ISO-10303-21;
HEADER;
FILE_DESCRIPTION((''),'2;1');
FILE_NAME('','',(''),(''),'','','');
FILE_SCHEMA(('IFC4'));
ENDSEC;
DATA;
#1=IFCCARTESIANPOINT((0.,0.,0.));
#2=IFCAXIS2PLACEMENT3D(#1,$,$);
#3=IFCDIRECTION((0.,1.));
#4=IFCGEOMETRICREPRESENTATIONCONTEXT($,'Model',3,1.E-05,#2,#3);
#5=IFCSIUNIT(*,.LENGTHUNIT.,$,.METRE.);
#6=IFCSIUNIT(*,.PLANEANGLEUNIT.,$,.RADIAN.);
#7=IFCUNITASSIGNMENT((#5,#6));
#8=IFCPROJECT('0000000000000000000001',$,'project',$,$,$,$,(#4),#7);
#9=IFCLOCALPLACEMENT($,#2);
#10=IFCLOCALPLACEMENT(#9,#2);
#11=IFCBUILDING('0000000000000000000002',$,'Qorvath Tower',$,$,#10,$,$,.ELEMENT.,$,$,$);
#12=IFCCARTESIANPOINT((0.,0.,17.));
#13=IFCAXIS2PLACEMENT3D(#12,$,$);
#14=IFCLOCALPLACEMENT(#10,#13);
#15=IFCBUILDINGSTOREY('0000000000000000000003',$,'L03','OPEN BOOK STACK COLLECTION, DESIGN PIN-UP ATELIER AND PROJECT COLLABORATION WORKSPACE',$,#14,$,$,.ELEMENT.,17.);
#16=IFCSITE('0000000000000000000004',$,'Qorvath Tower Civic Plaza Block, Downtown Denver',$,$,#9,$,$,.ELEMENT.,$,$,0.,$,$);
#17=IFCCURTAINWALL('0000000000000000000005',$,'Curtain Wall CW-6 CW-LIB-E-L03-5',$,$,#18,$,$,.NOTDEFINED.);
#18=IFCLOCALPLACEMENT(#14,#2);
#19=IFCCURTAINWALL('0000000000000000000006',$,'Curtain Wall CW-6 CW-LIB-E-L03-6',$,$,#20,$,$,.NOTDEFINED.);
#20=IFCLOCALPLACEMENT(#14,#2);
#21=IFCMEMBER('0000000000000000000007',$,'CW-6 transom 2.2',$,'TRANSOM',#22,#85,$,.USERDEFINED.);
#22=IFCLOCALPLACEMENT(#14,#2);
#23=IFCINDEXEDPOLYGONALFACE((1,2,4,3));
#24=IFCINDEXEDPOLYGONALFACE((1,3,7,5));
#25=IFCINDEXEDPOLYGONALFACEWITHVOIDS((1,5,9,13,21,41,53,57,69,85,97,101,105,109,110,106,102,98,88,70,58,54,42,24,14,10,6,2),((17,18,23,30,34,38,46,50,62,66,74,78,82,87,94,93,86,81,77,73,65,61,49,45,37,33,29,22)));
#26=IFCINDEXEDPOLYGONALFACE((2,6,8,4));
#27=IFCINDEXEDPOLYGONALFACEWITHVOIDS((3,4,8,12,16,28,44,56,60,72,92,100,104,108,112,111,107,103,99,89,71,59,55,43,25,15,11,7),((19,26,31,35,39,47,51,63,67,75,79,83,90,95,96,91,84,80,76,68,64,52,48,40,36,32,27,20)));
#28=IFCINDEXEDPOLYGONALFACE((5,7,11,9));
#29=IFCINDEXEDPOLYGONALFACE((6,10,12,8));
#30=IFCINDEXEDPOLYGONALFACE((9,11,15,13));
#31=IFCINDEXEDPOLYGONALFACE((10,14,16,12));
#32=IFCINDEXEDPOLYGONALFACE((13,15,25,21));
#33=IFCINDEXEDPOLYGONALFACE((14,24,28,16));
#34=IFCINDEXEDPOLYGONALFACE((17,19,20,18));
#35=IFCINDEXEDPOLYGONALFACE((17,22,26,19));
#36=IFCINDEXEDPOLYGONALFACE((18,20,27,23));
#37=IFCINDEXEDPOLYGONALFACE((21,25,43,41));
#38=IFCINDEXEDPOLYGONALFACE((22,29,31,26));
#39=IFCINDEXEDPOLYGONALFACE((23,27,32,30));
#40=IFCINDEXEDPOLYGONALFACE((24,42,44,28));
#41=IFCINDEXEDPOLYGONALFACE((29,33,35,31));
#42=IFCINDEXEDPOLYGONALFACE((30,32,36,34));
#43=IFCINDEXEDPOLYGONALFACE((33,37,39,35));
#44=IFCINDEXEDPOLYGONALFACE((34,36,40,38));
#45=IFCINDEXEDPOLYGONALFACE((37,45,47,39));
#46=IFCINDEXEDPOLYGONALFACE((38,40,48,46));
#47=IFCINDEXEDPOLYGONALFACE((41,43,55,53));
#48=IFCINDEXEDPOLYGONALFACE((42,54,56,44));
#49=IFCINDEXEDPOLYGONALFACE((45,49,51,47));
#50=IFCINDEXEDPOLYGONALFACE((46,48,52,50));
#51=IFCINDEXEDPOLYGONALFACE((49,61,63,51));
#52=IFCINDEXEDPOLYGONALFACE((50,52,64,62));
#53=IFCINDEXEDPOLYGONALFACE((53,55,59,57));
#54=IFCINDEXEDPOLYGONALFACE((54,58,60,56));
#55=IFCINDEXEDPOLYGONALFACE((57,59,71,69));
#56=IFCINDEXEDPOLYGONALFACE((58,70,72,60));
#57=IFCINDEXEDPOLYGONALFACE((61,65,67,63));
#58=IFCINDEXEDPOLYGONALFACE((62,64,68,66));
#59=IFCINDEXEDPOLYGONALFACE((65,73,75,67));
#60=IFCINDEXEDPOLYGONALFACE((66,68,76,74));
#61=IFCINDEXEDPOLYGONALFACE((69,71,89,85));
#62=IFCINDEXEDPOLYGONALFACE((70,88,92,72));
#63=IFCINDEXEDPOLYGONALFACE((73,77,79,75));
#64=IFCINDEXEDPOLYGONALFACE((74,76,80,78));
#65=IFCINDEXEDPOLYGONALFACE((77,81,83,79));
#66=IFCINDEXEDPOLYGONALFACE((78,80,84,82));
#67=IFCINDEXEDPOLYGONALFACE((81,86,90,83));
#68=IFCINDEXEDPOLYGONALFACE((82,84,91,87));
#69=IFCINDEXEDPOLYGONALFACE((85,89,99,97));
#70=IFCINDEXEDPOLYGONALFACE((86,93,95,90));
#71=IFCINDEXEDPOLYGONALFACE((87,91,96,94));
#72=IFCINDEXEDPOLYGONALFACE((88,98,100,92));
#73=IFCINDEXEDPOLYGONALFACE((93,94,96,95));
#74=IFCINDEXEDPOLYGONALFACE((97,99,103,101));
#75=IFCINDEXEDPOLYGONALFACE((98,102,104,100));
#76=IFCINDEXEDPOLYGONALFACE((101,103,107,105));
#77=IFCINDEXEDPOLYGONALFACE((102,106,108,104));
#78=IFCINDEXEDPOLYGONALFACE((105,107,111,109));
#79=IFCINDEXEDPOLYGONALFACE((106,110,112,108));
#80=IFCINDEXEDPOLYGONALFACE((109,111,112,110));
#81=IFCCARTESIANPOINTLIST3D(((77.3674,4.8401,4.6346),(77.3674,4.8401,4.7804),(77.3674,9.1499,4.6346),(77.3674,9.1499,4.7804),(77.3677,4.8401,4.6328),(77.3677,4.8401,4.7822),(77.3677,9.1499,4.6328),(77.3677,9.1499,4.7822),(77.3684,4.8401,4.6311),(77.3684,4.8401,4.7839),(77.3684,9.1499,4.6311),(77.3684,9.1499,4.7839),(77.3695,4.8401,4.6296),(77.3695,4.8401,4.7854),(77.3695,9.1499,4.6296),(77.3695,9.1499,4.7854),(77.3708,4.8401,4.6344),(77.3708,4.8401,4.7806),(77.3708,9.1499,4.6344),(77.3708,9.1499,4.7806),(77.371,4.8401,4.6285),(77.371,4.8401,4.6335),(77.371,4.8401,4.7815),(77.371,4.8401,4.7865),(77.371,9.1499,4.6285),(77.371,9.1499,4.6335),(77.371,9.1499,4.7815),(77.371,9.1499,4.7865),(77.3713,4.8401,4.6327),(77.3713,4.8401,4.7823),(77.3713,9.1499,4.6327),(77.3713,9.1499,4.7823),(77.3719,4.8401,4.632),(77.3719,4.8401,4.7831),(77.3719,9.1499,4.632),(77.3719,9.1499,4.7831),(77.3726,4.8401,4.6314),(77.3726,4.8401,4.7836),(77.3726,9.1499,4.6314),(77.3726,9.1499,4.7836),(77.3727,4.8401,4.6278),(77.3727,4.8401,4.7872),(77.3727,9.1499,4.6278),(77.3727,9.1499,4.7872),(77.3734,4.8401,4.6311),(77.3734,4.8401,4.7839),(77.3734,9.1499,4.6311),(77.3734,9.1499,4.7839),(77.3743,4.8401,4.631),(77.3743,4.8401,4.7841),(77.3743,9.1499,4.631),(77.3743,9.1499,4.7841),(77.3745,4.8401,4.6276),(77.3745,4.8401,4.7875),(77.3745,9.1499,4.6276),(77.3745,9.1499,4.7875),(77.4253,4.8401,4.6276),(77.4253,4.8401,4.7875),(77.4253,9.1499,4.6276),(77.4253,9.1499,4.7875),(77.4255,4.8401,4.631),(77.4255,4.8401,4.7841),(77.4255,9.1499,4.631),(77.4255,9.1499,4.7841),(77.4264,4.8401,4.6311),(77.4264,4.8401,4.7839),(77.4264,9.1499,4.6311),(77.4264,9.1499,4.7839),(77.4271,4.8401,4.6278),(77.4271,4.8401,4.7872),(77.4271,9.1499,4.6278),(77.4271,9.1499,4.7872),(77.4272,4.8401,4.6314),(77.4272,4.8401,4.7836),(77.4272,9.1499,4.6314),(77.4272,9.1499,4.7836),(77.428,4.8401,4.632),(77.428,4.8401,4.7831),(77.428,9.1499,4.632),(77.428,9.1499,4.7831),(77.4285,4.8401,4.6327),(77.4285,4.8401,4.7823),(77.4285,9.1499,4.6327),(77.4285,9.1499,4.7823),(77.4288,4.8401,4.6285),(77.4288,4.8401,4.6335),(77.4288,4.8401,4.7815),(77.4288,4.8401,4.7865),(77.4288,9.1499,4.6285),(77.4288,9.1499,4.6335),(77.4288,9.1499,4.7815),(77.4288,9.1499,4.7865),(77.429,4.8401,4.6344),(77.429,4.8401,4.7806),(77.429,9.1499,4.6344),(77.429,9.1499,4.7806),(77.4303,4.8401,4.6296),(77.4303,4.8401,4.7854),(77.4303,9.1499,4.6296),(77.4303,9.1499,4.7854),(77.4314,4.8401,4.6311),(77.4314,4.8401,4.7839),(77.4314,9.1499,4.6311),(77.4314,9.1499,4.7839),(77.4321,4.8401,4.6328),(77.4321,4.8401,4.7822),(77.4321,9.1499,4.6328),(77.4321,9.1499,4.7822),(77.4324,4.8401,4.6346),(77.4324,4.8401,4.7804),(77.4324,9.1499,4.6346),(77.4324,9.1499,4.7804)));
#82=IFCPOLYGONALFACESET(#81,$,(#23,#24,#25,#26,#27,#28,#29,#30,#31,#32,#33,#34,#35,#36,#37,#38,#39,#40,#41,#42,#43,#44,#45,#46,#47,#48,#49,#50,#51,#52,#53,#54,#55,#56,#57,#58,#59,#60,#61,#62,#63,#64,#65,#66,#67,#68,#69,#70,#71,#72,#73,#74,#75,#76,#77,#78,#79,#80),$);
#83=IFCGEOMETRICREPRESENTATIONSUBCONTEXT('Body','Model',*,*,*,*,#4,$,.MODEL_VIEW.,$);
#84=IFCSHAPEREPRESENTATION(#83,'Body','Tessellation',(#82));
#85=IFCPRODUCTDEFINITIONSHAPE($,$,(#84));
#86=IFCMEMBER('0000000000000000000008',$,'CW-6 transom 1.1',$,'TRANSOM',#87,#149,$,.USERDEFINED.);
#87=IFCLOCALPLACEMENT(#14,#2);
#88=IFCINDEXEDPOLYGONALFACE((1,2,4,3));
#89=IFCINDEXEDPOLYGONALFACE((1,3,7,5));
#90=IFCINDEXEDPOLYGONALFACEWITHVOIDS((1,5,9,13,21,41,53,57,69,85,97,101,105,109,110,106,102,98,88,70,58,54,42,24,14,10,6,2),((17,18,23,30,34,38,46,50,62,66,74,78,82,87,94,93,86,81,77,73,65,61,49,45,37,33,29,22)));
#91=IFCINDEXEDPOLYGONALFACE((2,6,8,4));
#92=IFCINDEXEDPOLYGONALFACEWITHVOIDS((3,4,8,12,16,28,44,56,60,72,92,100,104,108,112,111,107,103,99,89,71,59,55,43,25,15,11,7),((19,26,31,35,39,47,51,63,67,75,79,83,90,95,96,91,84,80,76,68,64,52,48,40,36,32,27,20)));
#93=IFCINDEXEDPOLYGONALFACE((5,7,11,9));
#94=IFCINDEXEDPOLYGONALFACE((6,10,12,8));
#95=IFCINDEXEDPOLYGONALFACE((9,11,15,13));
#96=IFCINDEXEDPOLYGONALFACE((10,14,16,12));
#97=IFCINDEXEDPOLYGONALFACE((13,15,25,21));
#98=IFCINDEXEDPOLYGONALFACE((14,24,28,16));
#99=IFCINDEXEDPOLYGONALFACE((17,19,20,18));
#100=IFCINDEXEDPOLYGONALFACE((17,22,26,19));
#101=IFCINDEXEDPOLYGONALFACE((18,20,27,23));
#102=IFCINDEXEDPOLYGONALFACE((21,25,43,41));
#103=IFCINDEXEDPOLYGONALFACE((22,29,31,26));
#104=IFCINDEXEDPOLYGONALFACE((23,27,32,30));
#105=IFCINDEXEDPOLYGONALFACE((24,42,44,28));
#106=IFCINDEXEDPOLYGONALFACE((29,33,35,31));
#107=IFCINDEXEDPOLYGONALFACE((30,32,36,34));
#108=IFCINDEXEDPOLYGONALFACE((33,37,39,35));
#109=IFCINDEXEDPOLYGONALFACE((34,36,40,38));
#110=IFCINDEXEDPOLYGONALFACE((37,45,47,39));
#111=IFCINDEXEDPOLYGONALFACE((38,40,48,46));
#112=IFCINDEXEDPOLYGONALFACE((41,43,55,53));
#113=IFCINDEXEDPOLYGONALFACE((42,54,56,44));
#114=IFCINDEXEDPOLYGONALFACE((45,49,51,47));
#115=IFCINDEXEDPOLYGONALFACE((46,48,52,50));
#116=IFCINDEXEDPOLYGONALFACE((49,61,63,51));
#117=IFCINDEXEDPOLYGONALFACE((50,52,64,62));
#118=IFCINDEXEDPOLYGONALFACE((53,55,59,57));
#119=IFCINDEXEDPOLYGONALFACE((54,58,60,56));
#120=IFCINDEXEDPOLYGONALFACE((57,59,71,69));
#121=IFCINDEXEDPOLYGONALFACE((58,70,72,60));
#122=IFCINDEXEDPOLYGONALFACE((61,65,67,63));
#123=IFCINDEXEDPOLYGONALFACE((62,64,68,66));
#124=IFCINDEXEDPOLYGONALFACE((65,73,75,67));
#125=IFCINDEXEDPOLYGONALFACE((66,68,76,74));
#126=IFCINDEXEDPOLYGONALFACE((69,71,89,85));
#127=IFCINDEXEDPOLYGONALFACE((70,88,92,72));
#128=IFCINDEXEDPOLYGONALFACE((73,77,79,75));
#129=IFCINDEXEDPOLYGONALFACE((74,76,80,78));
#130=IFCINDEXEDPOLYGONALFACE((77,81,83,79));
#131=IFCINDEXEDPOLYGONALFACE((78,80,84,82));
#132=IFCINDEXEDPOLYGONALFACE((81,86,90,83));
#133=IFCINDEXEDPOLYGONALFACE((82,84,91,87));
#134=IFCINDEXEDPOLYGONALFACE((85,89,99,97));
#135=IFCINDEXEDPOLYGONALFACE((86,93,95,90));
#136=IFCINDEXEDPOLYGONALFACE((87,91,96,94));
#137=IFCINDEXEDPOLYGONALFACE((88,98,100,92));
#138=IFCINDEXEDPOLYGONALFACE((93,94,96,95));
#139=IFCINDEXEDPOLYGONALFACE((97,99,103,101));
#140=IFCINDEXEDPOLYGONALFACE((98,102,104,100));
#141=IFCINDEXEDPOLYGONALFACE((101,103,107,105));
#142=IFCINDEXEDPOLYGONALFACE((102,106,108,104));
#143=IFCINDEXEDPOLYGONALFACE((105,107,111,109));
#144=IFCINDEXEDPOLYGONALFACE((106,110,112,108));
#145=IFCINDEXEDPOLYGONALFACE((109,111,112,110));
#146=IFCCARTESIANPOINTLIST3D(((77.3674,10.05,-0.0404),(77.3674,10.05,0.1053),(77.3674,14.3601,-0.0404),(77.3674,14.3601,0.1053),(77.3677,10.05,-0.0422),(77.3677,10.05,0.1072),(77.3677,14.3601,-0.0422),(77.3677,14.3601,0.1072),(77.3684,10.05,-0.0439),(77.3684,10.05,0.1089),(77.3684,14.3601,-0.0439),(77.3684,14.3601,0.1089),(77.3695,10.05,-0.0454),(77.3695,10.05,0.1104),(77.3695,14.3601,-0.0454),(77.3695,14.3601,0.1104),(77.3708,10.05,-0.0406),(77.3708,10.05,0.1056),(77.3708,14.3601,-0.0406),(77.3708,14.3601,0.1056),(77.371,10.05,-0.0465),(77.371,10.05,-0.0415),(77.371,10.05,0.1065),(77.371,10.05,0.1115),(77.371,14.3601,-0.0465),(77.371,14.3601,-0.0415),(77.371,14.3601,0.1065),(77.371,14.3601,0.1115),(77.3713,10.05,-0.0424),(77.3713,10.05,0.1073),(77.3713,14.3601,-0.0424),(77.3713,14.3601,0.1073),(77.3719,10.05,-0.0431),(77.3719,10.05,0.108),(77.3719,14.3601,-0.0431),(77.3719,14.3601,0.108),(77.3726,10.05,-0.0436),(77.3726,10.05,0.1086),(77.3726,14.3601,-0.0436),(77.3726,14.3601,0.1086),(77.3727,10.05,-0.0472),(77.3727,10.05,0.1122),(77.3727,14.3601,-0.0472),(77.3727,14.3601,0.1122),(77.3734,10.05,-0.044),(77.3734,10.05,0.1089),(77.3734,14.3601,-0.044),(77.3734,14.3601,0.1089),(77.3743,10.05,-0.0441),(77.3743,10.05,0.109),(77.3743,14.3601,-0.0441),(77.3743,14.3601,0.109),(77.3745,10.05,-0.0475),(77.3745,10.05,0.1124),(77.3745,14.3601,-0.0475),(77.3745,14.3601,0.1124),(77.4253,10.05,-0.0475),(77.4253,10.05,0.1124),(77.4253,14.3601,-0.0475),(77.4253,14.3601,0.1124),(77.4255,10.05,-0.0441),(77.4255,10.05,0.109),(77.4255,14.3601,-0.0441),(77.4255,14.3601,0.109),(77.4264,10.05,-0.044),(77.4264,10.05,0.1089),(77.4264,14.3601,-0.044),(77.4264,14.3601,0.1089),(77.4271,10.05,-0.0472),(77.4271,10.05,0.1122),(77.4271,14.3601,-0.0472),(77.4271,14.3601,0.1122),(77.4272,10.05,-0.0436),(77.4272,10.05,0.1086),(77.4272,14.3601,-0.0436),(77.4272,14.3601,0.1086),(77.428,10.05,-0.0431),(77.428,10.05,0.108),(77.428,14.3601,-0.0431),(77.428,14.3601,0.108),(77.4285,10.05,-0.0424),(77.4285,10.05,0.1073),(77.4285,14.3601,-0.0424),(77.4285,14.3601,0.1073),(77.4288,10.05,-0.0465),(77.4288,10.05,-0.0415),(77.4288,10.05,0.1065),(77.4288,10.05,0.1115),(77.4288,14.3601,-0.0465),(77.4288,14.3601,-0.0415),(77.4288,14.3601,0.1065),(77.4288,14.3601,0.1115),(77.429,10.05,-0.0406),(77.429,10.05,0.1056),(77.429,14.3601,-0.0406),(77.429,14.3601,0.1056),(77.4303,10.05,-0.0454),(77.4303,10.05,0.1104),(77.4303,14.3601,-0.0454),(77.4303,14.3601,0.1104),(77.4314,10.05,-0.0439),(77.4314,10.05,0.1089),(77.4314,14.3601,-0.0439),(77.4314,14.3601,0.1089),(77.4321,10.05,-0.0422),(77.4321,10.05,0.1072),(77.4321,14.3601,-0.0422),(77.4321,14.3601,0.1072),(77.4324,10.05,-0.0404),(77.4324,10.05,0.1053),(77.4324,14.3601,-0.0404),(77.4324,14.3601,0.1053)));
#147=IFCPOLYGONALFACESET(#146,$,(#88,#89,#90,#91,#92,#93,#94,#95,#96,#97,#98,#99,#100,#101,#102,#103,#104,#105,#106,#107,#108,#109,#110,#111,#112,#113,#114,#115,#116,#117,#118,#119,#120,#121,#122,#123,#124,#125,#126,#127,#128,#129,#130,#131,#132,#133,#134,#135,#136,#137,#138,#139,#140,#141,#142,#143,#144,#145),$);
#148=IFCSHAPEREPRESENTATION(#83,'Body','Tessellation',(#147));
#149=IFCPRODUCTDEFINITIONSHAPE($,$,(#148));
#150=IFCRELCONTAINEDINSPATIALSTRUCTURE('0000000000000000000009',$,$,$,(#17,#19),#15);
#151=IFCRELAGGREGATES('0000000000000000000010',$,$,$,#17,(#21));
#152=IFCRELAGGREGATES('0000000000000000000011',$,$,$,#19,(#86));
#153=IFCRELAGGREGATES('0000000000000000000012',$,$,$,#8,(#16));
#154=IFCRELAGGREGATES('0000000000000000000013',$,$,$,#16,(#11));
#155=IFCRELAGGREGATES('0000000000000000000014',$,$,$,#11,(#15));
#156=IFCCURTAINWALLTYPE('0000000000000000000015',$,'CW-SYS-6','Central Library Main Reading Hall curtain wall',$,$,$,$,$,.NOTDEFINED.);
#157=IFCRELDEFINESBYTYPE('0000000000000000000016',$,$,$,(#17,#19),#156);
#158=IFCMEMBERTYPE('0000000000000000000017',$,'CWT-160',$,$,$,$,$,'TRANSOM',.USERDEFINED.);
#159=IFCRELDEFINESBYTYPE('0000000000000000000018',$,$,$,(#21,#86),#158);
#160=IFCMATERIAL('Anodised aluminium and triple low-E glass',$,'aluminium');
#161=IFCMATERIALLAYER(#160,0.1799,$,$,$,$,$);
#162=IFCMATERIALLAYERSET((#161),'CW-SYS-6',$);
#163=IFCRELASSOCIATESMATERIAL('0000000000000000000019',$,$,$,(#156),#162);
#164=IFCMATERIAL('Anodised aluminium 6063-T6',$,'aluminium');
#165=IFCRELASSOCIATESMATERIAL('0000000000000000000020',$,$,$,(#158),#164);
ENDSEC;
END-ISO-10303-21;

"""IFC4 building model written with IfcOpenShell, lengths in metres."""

from ifc_helpers import new_model, si_unit, direction, frame, origin, origin_2d, place, context, subcontext, project, spatial, hollow_rectangle, extrude, material, layer, layer_set, material_profile, profile_set, type_object, element, aggregate, save


model = new_model("IFC4")

# Units and contexts
model_context = context("Model", 3, precision=1e-05, world=origin(), true_north=direction((0.0, 1.0)))
body_context = subcontext(model_context, "Body", "Model", "MODEL_VIEW")
ifc_project = project(units=[si_unit("LENGTHUNIT", "METRE"), si_unit("PLANEANGLEUNIT", "RADIAN")], contexts=[model_context])

# Site, building, storey
site_placement = place(None, origin())
site = spatial("IfcSite", under=ifc_project, at=site_placement, Name="Qorvath Tower Civic Plaza Block, Downtown Denver", CompositionType="ELEMENT", RefElevation=0.0)
building_placement = place(site_placement, origin())
building = spatial("IfcBuilding", under=site, at=building_placement, Name="Qorvath Tower", CompositionType="ELEMENT")
storey_placement = place(building_placement, frame((0.0, 0.0, 17.0)))
storey = spatial("IfcBuildingStorey", under=building, at=storey_placement, Name="L03", Description="OPEN BOOK STACK COLLECTION, DESIGN PIN-UP ATELIER AND PROJECT COLLABORATION WORKSPACE", CompositionType="ELEMENT", Elevation=17.0)

# Curtain walls
ifc_material_1 = material(Name="Anodised aluminium and triple low-E glass", Category="aluminium")
ifc_layer_1 = layer(ifc_material_1, 0.1799)
ifc_layer_set_1 = layer_set([ifc_layer_1], Name="CW-SYS-6")
curtain_wall_type = type_object("IfcCurtainWallType", Name="CW-SYS-6", Description="Central Library Main Reading Hall curtain wall", PredefinedType="NOTDEFINED", material=ifc_layer_set_1)
curtain_wall_1_placement = place(storey_placement, origin())
curtain_wall_1 = element("IfcCurtainWall", 1, at=curtain_wall_1_placement, inside=storey, type_object=curtain_wall_type, Name="Curtain Wall CW-6 CW-LIB-E-L03-5", PredefinedType="NOTDEFINED")
curtain_wall_2_placement = place(storey_placement, origin())
curtain_wall_2 = element("IfcCurtainWall", 2, at=curtain_wall_2_placement, inside=storey, type_object=curtain_wall_type, Name="Curtain Wall CW-6 CW-LIB-E-L03-6", PredefinedType="NOTDEFINED")

# Members
ifc_material_2 = material(Name="Anodised aluminium 6063-T6", Category="aluminium")
ifc_material_profile_1 = material_profile(ifc_material_2, hollow_rectangle(XDim=0.0649, YDim=0.1599, WallThickness=0.0034, InnerFilletRadius=0.0034, OuterFilletRadius=0.0071, at=origin_2d()), Name="CWT 160x65")
ifc_profile_set_1 = profile_set([ifc_material_profile_1], Name="Anodised aluminium 6063-T6")
member_type_1 = type_object("IfcMemberType", Name="CWT-160", ElementType="TRANSOM", PredefinedType="USERDEFINED", material=ifc_profile_set_1)
member_1_placement = place(storey_placement, frame((77.3999, 4.8401, 4.7075), z_axis=(0.0, 1.0, 0.0), x_axis=(-1.0, 0.0, 0.0)))
member_1 = element("IfcMember", 3, at=member_1_placement, type_object=member_type_1, Name="CW-6 transom 2.2", ObjectType="TRANSOM", PredefinedType="USERDEFINED", context=body_context, shape_type="SweptSolid", body=[
    extrude(hollow_rectangle(XDim=0.0649, YDim=0.1599, WallThickness=0.0034, InnerFilletRadius=0.0034, OuterFilletRadius=0.0071, at=origin_2d()), origin(), (0.0, 0.0, 1.0), 4.3098),
])
member_2_placement = place(storey_placement, frame((77.3999, 10.05, 0.0325), z_axis=(0.0, 1.0, 0.0), x_axis=(-1.0, 0.0, 0.0)))
member_2 = element("IfcMember", 4, at=member_2_placement, type_object=member_type_1, Name="CW-6 transom 1.1", ObjectType="TRANSOM", PredefinedType="USERDEFINED", context=body_context, shape_type="SweptSolid", body=[
    extrude(hollow_rectangle(XDim=0.0649, YDim=0.1599, WallThickness=0.0034, InnerFilletRadius=0.0034, OuterFilletRadius=0.0071, at=origin_2d()), origin(), (0.0, 0.0, 1.0), 4.3101),
])

aggregate(curtain_wall_1, [member_1])
aggregate(curtain_wall_2, [member_2])

save(model, "model.ifc")
